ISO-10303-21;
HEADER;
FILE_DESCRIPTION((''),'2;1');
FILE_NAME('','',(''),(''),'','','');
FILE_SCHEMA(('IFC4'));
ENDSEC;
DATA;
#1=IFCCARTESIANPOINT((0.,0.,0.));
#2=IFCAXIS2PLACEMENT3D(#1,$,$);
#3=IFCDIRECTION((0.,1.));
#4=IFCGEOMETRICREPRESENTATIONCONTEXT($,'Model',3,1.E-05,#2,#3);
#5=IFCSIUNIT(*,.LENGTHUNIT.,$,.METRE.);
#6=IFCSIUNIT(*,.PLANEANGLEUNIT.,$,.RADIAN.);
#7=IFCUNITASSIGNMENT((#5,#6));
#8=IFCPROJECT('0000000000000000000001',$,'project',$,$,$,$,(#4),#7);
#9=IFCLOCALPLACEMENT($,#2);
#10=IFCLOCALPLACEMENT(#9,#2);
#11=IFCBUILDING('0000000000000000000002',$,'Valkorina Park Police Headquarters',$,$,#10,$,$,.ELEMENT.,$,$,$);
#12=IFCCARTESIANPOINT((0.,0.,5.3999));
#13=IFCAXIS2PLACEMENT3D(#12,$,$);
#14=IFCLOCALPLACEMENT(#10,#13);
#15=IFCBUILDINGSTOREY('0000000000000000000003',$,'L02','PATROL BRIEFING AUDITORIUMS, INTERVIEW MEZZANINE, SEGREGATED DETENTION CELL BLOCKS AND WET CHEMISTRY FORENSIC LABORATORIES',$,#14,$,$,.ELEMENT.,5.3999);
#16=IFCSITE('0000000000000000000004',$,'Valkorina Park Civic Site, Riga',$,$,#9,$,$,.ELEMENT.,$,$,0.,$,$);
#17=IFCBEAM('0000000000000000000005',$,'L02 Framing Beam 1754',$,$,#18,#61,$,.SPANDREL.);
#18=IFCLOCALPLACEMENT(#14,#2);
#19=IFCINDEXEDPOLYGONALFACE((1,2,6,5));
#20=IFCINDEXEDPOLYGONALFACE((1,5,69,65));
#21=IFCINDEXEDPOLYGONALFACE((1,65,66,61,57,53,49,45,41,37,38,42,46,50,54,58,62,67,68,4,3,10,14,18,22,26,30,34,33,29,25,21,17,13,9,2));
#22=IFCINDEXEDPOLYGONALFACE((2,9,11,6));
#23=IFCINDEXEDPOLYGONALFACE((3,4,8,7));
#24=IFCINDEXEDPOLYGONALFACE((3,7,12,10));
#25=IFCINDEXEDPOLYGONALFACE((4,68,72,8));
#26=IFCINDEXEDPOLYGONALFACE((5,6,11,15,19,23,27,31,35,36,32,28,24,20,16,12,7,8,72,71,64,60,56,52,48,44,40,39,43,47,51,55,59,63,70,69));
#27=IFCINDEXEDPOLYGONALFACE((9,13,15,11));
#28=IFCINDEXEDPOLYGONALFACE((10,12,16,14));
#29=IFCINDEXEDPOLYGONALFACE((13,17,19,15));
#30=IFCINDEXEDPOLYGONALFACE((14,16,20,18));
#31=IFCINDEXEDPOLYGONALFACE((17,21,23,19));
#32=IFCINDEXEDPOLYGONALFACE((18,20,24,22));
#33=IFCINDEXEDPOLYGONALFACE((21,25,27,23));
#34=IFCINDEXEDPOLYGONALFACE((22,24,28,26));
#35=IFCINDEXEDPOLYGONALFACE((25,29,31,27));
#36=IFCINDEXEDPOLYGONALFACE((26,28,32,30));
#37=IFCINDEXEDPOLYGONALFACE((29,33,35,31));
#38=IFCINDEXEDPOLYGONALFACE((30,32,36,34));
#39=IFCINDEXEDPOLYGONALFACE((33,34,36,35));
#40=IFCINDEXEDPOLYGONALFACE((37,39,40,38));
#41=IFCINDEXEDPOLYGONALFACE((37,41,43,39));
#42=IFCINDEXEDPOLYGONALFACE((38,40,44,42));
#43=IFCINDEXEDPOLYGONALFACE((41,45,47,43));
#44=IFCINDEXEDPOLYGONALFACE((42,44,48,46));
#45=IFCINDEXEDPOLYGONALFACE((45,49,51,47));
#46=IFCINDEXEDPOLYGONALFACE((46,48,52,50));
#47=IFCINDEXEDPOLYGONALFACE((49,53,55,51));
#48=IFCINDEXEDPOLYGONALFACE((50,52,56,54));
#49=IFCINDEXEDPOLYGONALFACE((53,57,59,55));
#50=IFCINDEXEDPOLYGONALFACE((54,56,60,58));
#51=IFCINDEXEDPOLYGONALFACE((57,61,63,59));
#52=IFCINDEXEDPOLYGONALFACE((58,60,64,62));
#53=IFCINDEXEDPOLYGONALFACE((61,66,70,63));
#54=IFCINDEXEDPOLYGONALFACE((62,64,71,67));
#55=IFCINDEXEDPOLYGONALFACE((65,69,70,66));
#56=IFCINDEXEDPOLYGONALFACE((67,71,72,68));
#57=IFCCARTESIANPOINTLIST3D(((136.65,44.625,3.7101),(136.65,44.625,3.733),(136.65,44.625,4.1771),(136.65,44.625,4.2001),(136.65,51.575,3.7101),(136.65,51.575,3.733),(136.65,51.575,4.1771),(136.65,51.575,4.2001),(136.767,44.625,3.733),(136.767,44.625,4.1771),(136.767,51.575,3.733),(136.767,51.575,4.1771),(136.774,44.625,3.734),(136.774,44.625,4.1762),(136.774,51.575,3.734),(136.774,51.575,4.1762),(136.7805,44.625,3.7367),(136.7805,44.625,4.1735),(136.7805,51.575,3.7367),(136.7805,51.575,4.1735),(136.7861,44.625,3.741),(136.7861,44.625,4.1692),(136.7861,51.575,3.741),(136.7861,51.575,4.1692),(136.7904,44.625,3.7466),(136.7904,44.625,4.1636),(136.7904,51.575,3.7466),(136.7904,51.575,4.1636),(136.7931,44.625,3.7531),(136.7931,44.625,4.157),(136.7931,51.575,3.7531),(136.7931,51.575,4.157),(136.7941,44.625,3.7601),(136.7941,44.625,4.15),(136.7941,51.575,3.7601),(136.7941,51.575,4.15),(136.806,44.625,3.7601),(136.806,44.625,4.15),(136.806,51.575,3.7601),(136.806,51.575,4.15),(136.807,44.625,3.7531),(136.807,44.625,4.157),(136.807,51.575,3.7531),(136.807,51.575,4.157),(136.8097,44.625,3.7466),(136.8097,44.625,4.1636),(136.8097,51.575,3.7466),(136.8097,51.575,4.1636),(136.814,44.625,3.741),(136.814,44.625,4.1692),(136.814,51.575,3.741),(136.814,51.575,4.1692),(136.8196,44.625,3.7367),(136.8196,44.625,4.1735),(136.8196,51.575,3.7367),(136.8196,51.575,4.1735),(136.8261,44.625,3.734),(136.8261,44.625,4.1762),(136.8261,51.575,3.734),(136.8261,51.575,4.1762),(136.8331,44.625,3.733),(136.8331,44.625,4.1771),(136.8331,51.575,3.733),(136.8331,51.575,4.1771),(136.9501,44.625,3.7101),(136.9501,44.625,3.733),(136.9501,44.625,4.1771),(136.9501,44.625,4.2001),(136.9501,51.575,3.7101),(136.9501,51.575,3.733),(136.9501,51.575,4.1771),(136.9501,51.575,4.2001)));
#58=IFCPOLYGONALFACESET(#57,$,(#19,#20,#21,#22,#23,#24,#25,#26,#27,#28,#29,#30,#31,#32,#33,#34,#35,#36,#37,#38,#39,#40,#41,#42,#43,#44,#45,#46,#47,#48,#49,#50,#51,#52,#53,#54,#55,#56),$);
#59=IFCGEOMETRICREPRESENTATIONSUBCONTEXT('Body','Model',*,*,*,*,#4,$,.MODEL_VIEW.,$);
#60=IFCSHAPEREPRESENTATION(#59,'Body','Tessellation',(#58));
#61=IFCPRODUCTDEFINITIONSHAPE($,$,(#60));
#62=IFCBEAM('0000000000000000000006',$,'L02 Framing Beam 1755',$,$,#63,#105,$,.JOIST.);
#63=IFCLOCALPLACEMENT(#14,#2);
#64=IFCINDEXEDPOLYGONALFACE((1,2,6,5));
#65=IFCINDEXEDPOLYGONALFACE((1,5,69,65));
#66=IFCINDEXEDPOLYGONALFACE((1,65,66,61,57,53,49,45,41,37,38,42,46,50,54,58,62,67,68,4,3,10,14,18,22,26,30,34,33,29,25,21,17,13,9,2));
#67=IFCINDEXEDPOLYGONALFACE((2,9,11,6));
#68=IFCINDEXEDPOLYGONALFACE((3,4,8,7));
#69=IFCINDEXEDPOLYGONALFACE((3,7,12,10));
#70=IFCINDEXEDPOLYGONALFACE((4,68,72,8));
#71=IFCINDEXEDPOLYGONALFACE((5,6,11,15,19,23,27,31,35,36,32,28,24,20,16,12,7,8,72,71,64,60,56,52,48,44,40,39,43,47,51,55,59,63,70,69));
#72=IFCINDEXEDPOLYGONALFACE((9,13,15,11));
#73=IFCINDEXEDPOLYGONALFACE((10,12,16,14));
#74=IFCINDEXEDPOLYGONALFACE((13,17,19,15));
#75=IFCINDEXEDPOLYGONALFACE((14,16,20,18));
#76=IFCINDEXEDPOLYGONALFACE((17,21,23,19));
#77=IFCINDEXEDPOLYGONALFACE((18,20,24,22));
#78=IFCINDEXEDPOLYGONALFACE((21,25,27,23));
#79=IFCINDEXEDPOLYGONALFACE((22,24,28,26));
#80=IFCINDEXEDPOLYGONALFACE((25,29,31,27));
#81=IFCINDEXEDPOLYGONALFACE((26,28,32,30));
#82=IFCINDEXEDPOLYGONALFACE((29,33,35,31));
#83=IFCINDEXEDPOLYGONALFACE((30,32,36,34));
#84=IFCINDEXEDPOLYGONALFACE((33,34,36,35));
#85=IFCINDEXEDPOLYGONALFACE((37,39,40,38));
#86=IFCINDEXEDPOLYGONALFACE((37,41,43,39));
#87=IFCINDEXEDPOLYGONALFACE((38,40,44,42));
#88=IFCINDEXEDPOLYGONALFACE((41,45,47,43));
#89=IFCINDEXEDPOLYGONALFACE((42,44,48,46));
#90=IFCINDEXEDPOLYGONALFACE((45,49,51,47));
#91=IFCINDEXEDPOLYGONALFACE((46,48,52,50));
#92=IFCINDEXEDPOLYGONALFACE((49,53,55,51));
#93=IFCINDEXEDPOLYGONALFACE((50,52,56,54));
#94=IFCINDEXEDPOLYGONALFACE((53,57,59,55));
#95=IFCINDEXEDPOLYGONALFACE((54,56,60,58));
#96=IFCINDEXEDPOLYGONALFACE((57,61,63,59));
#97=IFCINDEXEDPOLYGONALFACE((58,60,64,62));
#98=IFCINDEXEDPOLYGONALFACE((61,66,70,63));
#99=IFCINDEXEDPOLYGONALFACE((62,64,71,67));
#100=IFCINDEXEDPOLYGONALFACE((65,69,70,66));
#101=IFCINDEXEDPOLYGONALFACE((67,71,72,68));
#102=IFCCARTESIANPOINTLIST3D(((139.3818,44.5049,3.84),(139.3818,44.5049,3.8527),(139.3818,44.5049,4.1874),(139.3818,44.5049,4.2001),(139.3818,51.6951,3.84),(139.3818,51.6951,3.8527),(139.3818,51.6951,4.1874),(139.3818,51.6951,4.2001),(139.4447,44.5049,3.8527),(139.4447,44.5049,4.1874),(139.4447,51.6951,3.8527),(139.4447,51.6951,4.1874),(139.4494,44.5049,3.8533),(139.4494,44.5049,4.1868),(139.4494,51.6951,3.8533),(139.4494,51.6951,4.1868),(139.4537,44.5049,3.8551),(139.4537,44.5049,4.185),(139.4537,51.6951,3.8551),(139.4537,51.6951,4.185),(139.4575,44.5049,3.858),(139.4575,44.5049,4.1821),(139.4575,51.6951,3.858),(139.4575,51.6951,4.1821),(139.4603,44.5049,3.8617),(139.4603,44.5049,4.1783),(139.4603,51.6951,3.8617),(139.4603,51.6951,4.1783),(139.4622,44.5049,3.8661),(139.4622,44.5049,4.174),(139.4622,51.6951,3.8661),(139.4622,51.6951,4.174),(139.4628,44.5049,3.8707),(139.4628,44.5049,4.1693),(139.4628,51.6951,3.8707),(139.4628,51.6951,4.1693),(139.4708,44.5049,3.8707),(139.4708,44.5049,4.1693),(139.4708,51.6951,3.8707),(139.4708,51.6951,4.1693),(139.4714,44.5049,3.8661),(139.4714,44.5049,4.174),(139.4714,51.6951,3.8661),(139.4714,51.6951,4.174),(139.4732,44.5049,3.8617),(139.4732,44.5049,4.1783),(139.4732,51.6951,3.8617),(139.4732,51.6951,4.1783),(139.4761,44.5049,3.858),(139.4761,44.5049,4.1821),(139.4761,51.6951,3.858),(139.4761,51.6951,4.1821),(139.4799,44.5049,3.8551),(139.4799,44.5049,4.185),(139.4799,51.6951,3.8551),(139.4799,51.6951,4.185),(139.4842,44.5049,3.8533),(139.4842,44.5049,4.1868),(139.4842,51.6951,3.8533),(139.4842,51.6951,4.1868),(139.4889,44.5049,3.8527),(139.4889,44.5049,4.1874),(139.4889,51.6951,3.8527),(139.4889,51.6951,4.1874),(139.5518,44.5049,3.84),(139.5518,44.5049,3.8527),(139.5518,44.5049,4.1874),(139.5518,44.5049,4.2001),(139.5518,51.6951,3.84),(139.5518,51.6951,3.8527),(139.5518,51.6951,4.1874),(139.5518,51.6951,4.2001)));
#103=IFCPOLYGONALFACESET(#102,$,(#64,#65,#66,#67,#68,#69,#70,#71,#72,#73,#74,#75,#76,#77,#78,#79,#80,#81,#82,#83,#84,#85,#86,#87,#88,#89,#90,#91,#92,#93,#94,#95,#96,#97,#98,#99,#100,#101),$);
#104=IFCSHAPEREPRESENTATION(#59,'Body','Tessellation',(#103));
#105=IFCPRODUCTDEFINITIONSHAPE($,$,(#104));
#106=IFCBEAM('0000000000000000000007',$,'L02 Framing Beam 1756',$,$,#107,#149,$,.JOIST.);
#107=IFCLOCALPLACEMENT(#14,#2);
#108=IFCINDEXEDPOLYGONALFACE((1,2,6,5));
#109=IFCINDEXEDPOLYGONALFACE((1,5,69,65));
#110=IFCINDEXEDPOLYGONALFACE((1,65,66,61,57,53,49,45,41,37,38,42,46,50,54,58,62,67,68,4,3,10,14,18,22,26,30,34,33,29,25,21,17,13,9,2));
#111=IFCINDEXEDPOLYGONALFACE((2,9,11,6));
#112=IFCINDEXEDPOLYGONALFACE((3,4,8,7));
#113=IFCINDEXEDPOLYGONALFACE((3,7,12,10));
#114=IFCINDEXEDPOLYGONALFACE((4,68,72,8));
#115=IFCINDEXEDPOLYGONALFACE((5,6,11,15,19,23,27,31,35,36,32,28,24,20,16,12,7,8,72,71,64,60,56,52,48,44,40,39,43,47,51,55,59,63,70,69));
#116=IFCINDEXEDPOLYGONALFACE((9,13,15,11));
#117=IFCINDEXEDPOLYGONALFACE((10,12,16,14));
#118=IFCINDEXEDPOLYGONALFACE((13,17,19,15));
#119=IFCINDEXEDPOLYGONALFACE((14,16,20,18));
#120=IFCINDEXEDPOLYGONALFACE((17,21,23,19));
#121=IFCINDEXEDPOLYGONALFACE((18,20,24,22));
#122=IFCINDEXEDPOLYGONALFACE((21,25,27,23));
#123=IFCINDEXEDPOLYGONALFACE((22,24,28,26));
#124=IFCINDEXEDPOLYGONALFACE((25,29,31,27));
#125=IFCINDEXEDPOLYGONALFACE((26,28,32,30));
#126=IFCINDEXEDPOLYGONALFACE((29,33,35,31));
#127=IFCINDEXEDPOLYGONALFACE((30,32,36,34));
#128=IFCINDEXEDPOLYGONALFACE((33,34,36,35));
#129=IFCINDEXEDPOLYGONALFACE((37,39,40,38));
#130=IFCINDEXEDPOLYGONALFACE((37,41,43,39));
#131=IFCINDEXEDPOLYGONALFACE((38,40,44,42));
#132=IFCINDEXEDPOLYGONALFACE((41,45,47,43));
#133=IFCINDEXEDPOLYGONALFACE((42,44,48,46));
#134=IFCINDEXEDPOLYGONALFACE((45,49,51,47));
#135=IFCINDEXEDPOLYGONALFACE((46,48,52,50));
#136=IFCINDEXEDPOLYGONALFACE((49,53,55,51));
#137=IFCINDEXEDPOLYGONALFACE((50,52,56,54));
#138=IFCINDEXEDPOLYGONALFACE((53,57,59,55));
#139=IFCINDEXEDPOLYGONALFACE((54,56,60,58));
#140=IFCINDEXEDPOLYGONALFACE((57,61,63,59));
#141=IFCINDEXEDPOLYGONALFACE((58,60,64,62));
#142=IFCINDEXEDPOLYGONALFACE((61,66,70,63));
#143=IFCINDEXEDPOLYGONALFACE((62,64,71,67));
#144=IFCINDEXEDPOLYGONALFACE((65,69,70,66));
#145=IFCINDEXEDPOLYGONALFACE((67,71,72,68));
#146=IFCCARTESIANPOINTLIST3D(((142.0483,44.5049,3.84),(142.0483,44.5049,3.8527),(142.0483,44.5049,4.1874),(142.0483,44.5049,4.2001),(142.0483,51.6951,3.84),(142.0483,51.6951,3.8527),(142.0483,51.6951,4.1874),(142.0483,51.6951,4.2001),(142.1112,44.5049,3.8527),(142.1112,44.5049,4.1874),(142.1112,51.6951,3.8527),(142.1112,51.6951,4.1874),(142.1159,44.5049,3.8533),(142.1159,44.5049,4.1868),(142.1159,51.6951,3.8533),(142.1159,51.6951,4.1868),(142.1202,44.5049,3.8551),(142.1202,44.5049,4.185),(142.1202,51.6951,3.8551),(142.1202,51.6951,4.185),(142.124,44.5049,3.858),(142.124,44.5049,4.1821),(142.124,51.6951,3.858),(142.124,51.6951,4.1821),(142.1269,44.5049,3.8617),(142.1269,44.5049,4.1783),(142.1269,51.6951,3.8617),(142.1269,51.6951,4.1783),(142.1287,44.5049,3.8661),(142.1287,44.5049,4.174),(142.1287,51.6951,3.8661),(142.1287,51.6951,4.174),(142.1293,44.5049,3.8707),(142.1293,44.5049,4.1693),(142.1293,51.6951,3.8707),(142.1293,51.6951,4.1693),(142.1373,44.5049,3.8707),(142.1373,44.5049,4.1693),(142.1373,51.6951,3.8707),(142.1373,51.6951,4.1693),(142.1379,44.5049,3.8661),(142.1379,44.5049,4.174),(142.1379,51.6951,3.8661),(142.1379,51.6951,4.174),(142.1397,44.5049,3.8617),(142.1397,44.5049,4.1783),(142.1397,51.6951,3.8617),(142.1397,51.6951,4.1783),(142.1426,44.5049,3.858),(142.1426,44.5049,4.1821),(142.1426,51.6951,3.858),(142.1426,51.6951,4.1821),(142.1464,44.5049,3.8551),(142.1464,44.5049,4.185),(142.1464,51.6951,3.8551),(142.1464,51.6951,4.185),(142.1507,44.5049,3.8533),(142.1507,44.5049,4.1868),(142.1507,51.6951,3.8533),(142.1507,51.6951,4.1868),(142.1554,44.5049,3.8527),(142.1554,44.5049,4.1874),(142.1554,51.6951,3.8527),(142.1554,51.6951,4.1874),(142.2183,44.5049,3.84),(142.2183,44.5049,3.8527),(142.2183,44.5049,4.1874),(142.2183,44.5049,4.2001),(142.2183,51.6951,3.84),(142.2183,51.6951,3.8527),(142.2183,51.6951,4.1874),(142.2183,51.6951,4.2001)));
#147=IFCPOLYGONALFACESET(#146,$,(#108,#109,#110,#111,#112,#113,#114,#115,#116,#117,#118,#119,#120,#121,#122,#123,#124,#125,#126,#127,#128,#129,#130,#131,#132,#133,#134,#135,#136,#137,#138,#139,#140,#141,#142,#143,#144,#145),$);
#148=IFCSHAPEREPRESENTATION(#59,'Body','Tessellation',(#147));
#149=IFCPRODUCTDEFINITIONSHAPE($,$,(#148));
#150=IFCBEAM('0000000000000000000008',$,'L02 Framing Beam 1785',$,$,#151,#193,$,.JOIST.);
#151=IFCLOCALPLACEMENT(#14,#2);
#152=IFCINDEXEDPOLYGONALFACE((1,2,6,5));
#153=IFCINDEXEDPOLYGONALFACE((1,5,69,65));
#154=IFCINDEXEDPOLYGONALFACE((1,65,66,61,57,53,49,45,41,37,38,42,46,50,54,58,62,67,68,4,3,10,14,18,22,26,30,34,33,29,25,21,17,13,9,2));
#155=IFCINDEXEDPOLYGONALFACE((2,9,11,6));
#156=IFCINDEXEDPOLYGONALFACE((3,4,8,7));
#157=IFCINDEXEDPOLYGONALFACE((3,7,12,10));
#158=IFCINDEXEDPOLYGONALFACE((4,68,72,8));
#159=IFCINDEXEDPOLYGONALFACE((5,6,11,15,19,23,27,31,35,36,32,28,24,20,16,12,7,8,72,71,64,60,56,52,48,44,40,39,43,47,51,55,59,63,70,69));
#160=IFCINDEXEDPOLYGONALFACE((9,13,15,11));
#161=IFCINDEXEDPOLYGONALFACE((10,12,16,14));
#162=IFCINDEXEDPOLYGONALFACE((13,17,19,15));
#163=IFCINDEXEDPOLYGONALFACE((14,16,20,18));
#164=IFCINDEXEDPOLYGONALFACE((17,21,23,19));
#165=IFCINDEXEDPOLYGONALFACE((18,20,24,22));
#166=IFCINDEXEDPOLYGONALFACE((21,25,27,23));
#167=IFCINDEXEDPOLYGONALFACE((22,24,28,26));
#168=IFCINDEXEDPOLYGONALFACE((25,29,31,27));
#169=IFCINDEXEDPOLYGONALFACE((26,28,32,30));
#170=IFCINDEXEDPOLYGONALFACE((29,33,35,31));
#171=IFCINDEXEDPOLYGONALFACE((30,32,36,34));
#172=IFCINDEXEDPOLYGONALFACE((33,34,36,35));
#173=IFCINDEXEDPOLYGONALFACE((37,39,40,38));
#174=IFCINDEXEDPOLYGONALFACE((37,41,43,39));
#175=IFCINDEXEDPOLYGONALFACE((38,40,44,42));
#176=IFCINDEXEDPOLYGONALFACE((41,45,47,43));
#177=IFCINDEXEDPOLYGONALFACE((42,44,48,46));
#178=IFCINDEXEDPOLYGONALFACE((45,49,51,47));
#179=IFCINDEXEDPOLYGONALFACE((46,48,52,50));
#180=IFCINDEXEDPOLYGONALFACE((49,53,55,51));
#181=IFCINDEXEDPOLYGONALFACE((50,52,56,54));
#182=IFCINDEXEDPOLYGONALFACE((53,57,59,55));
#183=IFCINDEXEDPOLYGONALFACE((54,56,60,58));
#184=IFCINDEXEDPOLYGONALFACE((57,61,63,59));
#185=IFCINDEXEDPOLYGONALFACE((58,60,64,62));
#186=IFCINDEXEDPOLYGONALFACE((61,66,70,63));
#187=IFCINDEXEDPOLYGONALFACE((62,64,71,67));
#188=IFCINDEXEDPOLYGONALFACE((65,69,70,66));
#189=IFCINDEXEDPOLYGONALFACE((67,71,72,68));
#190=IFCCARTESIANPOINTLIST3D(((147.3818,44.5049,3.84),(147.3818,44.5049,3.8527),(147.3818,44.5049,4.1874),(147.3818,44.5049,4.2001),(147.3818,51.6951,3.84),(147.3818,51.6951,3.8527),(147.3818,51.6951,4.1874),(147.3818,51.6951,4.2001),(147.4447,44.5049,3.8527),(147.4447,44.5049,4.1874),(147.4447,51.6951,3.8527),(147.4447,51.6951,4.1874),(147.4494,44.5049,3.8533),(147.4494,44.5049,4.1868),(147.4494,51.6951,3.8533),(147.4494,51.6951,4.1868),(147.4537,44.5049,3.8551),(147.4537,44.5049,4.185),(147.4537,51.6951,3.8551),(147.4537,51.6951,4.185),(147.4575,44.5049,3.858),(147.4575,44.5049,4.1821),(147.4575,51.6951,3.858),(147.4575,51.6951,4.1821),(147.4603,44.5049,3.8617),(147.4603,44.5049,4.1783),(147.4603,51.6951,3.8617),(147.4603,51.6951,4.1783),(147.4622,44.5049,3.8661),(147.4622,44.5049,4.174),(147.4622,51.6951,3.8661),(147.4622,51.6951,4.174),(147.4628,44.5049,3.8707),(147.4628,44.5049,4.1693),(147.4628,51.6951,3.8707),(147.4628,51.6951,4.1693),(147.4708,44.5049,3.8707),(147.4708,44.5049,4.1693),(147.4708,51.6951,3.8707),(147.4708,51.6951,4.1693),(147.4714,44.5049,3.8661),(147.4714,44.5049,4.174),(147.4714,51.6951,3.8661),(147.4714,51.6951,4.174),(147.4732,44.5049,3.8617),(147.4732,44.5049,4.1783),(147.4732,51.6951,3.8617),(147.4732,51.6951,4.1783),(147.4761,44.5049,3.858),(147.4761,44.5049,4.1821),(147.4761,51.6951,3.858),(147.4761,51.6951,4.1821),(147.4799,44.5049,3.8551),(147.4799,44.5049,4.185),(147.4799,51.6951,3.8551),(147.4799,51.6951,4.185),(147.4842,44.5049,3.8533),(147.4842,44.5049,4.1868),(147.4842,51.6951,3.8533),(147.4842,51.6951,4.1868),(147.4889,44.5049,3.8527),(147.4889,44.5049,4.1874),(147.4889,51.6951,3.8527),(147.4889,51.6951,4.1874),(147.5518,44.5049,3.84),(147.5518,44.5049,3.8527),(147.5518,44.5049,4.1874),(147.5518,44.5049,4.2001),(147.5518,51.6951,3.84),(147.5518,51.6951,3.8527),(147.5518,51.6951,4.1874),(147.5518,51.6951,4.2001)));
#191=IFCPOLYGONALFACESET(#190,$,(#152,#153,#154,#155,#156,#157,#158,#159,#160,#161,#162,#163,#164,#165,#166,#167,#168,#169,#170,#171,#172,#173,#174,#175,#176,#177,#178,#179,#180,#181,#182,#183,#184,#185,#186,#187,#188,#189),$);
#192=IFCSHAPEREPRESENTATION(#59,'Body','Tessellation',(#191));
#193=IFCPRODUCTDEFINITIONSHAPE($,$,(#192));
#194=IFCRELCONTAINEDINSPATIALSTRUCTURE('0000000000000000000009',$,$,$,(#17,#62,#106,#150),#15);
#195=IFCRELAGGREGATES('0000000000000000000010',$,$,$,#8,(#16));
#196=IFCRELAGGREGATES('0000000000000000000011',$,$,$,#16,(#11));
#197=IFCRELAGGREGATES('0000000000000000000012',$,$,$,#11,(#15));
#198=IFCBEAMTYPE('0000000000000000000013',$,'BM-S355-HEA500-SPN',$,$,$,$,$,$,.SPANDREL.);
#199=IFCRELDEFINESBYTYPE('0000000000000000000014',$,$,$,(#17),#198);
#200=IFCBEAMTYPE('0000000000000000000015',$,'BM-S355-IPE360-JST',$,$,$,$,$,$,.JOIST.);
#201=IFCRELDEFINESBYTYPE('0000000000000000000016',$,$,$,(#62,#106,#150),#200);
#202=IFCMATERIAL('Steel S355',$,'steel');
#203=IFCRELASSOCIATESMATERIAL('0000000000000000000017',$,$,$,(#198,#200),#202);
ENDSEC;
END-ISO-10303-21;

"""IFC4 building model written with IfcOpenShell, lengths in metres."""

from ifc_helpers import new_model, si_unit, direction, frame, origin, origin_2d, place, context, subcontext, project, spatial, i_section, extrude, material, material_profile, profile_set, type_object, element, save


model = new_model("IFC4")

# Units and contexts
model_context = context("Model", 3, precision=1e-05, world=origin(), true_north=direction((0.0, 1.0)))
body_context = subcontext(model_context, "Body", "Model", "MODEL_VIEW")
ifc_project = project(units=[si_unit("LENGTHUNIT", "METRE"), si_unit("PLANEANGLEUNIT", "RADIAN")], contexts=[model_context])

# Site, building, storey
site_placement = place(None, origin())
site = spatial("IfcSite", under=ifc_project, at=site_placement, Name="Valkorina Park Civic Site, Riga", CompositionType="ELEMENT", RefElevation=0.0)
building_placement = place(site_placement, origin())
building = spatial("IfcBuilding", under=site, at=building_placement, Name="Valkorina Park Police Headquarters", CompositionType="ELEMENT")
storey_placement = place(building_placement, frame((0.0, 0.0, 5.3999)))
storey = spatial("IfcBuildingStorey", under=building, at=storey_placement, Name="L02", Description="PATROL BRIEFING AUDITORIUMS, INTERVIEW MEZZANINE, SEGREGATED DETENTION CELL BLOCKS AND WET CHEMISTRY FORENSIC LABORATORIES", CompositionType="ELEMENT", Elevation=5.3999)

# Shared definitions
ifc_material_1 = material(Name="Steel S355", Category="steel")

# Beams
ifc_material_profile_1 = material_profile(ifc_material_1, i_section(OverallWidth=0.3, OverallDepth=0.49, WebThickness=0.012, FlangeThickness=0.0229, FilletRadius=0.0271, at=origin_2d()), Name="HEA 500")
ifc_profile_set_1 = profile_set([ifc_material_profile_1], Name="Steel S355")
beam_type_1 = type_object("IfcBeamType", Name="BM-S355-HEA500-SPN", PredefinedType="SPANDREL", material=ifc_profile_set_1)
beam_1_placement = place(storey_placement, frame((136.8, 44.625, 3.9551), z_axis=(0.0, 1.0, 0.0), x_axis=(-1.0, 0.0, 0.0)))
element("IfcBeam", 1, at=beam_1_placement, inside=storey, type_object=beam_type_1, Name="L02 Framing Beam 1754", PredefinedType="SPANDREL", context=body_context, shape_type="SweptSolid", body=[
    extrude(i_section(OverallWidth=0.3, OverallDepth=0.49, WebThickness=0.012, FlangeThickness=0.0229, FilletRadius=0.0271, at=origin_2d()), origin(), (0.0, 0.0, 1.0), 6.95),
])
ifc_material_profile_2 = material_profile(ifc_material_1, i_section(OverallWidth=0.1699, OverallDepth=0.3601, WebThickness=0.0081, FlangeThickness=0.0127, FilletRadius=0.0181, at=origin_2d()), Name="IPE 360")
ifc_profile_set_2 = profile_set([ifc_material_profile_2], Name="Steel S355")
beam_type_2 = type_object("IfcBeamType", Name="BM-S355-IPE360-JST", PredefinedType="JOIST", material=ifc_profile_set_2)
for number, where, z_axis, x_axis, name in (
    (2, (139.4668, 44.5049, 4.02), (0.0, 1.0, 0.0), (-1.0, 0.0, 0.0), "L02 Framing Beam 1755"),
    (3, (142.1333, 44.5049, 4.02), (0.0, 1.0, 0.0), (-1.0, 0.0, 0.0), "L02 Framing Beam 1756"),
    (4, (147.4668, 44.5049, 4.02), (0.0, 1.0, 0.0), (-1.0, 0.0, 0.0), "L02 Framing Beam 1785"),
):
    element("IfcBeam", number, at=place(storey_placement, frame(where, z_axis=z_axis, x_axis=x_axis)), inside=storey, type_object=beam_type_2, Name=name, PredefinedType="JOIST", context=body_context, shape_type="SweptSolid", body=[
        extrude(i_section(OverallWidth=0.1699, OverallDepth=0.3601, WebThickness=0.0081, FlangeThickness=0.0127, FilletRadius=0.0181, at=origin_2d()), origin(), (0.0, 0.0, 1.0), 7.1902),
    ])

save(model, "model.ifc")
